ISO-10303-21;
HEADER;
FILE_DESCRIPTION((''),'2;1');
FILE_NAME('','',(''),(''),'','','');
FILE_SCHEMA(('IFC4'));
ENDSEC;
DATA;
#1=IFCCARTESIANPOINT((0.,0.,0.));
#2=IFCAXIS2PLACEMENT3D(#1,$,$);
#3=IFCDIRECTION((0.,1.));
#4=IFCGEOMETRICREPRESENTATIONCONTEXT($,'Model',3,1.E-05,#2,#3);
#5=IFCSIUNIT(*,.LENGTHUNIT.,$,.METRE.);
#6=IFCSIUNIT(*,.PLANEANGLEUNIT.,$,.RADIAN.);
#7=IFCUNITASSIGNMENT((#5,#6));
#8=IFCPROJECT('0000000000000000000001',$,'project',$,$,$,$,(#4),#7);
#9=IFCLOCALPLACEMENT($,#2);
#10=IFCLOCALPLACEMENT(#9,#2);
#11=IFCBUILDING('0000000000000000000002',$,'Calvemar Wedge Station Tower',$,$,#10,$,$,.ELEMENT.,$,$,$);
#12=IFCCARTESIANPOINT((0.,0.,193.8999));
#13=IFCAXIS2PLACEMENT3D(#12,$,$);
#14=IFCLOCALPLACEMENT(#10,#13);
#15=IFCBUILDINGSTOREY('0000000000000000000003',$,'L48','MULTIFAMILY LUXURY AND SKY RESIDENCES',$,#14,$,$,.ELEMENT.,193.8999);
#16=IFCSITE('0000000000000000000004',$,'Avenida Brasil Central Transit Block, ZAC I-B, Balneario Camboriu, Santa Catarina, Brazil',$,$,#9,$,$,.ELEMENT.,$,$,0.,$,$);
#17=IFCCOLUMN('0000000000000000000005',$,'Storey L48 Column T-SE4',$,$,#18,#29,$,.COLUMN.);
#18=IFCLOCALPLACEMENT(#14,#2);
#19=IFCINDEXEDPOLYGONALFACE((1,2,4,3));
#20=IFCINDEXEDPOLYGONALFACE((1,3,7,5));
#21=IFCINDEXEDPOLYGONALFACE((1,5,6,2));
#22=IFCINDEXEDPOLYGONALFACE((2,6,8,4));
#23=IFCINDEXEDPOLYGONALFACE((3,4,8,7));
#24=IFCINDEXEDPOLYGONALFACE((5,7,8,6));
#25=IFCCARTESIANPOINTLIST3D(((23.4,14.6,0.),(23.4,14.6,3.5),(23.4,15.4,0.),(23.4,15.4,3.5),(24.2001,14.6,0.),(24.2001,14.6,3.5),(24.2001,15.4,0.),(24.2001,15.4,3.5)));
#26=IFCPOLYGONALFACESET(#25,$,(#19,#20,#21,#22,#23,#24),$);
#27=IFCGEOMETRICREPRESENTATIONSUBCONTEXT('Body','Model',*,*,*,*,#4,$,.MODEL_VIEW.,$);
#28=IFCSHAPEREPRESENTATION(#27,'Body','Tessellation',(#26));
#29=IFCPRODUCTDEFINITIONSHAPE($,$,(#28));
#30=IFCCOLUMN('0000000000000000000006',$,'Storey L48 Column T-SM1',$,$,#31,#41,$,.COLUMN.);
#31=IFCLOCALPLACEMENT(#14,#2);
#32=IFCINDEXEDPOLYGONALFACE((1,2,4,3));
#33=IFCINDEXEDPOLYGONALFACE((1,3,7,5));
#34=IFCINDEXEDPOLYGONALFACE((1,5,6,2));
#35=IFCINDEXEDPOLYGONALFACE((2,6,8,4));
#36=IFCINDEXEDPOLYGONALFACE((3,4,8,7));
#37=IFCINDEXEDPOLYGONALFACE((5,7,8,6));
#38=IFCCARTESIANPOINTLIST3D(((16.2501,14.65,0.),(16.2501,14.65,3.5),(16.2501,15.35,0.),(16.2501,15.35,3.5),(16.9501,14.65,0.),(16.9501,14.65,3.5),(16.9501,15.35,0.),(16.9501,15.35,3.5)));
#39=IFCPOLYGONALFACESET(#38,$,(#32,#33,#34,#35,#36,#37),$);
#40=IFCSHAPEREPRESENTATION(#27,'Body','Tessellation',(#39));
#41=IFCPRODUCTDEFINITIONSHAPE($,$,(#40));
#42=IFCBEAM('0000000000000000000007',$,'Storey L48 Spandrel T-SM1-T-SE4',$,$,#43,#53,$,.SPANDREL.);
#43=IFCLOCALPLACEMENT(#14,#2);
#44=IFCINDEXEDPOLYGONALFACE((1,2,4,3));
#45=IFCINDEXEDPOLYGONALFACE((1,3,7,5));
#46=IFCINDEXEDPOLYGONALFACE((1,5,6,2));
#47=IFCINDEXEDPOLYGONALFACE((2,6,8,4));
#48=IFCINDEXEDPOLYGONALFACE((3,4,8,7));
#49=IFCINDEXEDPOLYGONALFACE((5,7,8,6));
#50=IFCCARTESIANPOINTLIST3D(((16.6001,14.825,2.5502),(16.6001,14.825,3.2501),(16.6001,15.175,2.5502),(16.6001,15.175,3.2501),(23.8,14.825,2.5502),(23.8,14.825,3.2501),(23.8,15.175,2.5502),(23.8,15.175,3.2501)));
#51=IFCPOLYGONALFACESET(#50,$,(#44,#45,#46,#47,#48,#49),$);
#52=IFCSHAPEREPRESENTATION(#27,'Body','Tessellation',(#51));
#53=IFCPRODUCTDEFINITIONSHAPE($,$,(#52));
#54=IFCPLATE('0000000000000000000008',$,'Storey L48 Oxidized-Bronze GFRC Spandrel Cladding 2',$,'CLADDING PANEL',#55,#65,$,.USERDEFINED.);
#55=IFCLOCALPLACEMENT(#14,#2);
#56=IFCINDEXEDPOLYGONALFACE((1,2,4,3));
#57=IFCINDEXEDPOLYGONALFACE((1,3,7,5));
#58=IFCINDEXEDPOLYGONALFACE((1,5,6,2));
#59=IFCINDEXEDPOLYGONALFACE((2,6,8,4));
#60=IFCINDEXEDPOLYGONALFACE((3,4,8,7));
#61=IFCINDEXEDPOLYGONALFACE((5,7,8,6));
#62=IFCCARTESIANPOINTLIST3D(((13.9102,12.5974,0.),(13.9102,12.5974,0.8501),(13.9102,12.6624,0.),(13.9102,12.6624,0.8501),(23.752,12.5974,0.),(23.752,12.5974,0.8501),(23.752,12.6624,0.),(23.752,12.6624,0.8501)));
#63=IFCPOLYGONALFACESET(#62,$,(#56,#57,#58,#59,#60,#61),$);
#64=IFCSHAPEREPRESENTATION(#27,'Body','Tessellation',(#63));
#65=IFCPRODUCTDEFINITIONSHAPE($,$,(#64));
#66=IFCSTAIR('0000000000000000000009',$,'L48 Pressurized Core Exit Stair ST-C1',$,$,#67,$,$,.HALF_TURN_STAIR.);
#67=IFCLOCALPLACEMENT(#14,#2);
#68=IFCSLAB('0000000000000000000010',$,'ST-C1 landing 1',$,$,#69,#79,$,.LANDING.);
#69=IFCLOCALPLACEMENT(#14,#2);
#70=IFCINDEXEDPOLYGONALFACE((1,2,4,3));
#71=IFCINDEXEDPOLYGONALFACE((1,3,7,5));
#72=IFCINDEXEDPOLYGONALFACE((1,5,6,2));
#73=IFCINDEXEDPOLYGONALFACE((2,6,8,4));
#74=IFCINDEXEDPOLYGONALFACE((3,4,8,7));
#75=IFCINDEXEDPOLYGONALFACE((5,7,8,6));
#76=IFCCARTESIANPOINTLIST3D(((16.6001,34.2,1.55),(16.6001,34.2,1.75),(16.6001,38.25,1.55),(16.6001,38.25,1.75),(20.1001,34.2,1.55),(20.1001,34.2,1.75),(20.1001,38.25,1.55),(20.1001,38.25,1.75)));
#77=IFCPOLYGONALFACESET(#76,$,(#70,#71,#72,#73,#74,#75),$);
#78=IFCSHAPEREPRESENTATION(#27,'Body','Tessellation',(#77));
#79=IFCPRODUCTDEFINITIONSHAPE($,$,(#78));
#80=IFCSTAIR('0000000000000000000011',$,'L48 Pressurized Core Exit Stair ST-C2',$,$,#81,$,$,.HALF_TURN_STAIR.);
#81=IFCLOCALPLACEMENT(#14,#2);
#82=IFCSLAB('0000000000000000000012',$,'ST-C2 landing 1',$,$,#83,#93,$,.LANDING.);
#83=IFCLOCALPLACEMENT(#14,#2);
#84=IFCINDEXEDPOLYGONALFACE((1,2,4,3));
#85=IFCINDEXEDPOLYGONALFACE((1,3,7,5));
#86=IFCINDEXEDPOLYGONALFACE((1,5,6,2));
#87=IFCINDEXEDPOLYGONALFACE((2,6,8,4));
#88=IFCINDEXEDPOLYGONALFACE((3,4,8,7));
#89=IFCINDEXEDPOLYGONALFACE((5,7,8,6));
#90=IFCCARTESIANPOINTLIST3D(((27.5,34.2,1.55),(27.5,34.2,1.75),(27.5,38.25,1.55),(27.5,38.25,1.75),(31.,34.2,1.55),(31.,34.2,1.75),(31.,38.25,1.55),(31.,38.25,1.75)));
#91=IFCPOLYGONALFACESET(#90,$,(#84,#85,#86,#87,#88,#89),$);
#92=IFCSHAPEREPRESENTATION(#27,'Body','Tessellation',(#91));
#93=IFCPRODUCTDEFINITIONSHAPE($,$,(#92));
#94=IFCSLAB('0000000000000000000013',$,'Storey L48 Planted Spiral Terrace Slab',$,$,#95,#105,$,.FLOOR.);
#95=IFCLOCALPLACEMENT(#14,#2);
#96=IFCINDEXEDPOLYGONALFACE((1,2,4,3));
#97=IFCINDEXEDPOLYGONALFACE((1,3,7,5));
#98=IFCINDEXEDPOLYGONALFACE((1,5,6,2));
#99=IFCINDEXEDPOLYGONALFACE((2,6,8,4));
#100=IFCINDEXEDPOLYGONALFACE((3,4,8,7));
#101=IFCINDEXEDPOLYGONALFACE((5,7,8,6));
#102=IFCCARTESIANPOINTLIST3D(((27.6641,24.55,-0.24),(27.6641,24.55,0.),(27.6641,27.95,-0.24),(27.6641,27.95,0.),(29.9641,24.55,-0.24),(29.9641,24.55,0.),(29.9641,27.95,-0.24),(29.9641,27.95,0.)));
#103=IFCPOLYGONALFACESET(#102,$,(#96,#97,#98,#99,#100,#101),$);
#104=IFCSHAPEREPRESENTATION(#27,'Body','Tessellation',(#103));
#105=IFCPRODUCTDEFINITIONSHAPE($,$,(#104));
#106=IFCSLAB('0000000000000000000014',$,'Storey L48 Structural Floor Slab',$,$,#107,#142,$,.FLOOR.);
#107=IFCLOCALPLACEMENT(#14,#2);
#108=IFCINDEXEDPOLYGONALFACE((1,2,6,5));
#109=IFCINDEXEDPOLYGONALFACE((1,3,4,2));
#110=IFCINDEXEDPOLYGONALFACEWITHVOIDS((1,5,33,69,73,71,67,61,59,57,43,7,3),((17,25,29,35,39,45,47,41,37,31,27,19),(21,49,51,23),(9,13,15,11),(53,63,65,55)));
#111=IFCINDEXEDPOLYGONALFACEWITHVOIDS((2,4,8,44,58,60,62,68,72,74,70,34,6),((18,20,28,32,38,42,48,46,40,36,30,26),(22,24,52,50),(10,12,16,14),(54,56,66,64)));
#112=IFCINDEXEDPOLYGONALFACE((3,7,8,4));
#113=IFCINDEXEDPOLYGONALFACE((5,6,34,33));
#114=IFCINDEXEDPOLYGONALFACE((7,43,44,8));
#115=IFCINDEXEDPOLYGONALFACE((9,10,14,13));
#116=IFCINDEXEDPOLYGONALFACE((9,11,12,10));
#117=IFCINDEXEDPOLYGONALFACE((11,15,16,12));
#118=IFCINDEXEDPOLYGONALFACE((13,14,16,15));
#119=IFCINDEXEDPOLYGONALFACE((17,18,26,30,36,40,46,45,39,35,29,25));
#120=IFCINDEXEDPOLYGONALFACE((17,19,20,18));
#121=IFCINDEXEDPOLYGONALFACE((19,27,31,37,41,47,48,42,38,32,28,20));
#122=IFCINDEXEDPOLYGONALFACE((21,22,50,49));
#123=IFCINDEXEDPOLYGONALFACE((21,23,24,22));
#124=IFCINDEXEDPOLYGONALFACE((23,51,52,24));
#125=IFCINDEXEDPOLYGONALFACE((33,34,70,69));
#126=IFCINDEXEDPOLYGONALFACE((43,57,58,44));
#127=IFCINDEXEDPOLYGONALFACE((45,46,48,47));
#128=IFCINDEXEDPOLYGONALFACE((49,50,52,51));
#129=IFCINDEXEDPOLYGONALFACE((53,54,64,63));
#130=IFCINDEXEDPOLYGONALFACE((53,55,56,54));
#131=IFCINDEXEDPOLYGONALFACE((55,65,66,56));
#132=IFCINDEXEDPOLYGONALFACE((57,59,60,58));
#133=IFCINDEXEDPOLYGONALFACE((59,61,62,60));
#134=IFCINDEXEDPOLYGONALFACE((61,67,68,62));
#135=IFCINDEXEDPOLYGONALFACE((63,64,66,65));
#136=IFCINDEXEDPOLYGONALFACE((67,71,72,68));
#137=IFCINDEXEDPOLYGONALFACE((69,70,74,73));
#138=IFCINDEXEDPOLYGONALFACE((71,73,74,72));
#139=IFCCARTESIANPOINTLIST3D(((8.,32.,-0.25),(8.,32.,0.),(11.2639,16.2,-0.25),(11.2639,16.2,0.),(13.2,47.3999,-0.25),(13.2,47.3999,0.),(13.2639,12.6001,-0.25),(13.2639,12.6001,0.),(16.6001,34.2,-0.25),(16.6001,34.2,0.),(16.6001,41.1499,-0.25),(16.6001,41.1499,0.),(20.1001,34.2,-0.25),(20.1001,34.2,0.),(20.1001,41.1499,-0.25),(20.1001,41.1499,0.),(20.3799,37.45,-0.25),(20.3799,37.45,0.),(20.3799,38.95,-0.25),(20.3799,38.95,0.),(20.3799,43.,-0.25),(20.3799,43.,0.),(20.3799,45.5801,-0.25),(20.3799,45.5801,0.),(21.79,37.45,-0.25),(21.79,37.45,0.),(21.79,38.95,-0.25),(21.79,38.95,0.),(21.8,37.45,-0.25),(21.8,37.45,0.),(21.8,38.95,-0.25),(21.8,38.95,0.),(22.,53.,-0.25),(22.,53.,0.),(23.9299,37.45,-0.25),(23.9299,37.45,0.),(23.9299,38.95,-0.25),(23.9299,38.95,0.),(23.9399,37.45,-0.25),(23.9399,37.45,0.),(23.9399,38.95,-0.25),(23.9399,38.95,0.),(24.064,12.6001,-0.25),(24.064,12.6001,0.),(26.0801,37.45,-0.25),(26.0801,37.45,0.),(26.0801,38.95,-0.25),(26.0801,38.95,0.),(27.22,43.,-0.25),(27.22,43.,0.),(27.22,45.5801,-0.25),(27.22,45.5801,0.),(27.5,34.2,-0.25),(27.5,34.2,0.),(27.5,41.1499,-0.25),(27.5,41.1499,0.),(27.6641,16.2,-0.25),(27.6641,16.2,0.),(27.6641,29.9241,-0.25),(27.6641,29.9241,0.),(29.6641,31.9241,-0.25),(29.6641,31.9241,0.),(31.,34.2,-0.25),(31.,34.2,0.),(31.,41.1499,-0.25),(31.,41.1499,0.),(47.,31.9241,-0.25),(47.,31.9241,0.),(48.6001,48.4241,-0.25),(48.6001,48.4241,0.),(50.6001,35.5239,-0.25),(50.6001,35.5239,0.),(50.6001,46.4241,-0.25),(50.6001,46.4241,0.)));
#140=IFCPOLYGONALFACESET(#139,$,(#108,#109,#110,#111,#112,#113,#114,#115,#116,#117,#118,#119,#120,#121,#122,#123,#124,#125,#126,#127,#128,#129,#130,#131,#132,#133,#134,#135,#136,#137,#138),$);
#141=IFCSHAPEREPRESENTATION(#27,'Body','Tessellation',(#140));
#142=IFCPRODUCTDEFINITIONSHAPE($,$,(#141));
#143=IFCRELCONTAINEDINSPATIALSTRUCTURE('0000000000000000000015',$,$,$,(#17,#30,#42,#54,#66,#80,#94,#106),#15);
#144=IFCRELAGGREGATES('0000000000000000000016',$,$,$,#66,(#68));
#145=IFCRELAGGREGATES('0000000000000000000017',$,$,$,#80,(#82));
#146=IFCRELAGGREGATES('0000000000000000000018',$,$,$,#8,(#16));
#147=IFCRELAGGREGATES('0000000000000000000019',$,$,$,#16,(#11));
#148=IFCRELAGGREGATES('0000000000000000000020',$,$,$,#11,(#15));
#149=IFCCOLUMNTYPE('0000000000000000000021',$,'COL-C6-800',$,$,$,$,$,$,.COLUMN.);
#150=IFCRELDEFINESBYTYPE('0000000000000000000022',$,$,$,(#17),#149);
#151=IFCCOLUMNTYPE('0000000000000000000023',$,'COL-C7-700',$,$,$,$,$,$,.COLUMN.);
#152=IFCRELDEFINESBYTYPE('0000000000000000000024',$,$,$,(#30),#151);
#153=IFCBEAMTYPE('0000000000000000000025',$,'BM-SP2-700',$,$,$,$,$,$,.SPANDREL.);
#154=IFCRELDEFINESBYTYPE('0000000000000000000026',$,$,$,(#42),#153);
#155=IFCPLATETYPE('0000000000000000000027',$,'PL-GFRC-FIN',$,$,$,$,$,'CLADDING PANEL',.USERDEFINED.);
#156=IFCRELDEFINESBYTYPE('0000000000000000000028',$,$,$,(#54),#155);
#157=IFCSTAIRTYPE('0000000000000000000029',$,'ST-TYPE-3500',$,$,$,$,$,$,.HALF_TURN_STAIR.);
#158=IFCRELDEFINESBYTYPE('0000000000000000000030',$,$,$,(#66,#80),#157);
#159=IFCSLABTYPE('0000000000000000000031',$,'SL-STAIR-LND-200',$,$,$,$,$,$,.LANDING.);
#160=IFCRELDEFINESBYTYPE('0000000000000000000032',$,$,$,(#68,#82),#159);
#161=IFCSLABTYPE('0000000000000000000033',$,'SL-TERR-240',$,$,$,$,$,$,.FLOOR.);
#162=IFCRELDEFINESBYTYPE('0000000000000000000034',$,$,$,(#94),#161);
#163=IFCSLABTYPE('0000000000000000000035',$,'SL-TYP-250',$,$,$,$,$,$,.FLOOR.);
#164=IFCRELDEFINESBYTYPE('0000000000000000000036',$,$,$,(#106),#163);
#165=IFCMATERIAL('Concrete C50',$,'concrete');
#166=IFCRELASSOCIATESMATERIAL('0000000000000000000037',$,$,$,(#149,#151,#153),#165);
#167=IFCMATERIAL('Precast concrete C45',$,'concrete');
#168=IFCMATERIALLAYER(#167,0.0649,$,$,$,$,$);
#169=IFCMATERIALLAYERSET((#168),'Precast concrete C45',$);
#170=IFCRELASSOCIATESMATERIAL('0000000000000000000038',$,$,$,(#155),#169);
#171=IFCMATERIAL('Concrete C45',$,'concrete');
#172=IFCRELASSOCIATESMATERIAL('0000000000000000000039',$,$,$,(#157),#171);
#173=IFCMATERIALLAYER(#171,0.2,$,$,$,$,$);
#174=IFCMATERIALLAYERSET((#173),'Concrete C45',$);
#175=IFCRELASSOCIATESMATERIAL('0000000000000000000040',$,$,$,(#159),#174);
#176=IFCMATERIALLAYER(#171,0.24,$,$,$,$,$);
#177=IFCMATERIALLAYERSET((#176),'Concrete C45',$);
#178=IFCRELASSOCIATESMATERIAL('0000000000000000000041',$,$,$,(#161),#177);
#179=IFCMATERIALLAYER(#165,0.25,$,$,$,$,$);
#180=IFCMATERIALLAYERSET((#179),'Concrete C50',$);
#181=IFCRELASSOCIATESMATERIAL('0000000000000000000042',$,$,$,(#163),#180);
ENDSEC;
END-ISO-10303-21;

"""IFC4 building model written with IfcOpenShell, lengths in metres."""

from ifc_helpers import new_model, si_unit, direction, frame, frame_2d, origin, origin_2d, place, context, subcontext, project, spatial, polyline, rectangle, outline, extrude, source, transform, mapped, material, layer, layer_set, material_profile, profile_set, type_object, element, aggregate, save


model = new_model("IFC4")

# Units and contexts
model_context = context("Model", 3, precision=1e-05, world=origin(), true_north=direction((0.0, 1.0)))
body_context = subcontext(model_context, "Body", "Model", "MODEL_VIEW")
ifc_project = project(units=[si_unit("LENGTHUNIT", "METRE"), si_unit("PLANEANGLEUNIT", "RADIAN")], contexts=[model_context])

# Site, building, storey
site_placement = place(None, origin())
site = spatial("IfcSite", under=ifc_project, at=site_placement, Name="Avenida Brasil Central Transit Block, ZAC I-B, Balneario Camboriu, Santa Catarina, Brazil", CompositionType="ELEMENT", RefElevation=0.0)
building_placement = place(site_placement, origin())
building = spatial("IfcBuilding", under=site, at=building_placement, Name="Calvemar Wedge Station Tower", CompositionType="ELEMENT")
storey_placement = place(building_placement, frame((0.0, 0.0, 193.8999)))
storey = spatial("IfcBuildingStorey", under=building, at=storey_placement, Name="L48", Description="MULTIFAMILY LUXURY AND SKY RESIDENCES", CompositionType="ELEMENT", Elevation=193.8999)

# Columns
ifc_material_1 = material(Name="Concrete C50", Category="concrete")
ifc_material_profile_1 = material_profile(ifc_material_1, rectangle(XDim=0.8, YDim=0.8, at=origin_2d()), Name="RC800x800")
ifc_profile_set_1 = profile_set([ifc_material_profile_1], Name="Concrete C50")
column_type_1 = type_object("IfcColumnType", Name="COL-C6-800", PredefinedType="COLUMN", material=ifc_profile_set_1)
shared_shape_1 = source(origin(), body_context, "Body", "SweptSolid", [
    extrude(rectangle(XDim=0.8, YDim=0.8, at=origin_2d()), origin(), (0.0, 0.0, 1.0), 3.5),
])
column_1_placement = place(storey_placement, frame((23.8, 15.0, 0.0), z_axis=(0.0, 0.0, 1.0), x_axis=(1.0, 0.0, 0.0)))
element("IfcColumn", 1, at=column_1_placement, inside=storey, type_object=column_type_1, Name="Storey L48 Column T-SE4", PredefinedType="COLUMN", context=body_context, shape_type="MappedRepresentation", body=[
    mapped(shared_shape_1, transform((0.0, 0.0, 0.0), scale=1.0)),
])
ifc_material_profile_2 = material_profile(ifc_material_1, rectangle(XDim=0.7, YDim=0.7, at=origin_2d()), Name="RC700x700")
ifc_profile_set_2 = profile_set([ifc_material_profile_2], Name="Concrete C50")
column_type_2 = type_object("IfcColumnType", Name="COL-C7-700", PredefinedType="COLUMN", material=ifc_profile_set_2)
shared_shape_2 = source(origin(), body_context, "Body", "SweptSolid", [
    extrude(rectangle(XDim=0.7, YDim=0.7, at=origin_2d()), origin(), (0.0, 0.0, 1.0), 3.5),
])
column_2_placement = place(storey_placement, frame((16.6001, 15.0, 0.0), z_axis=(0.0, 0.0, 1.0), x_axis=(1.0, 0.0, 0.0)))
element("IfcColumn", 2, at=column_2_placement, inside=storey, type_object=column_type_2, Name="Storey L48 Column T-SM1", PredefinedType="COLUMN", context=body_context, shape_type="MappedRepresentation", body=[
    mapped(shared_shape_2, transform((0.0, 0.0, 0.0), scale=1.0)),
])

# Beam
ifc_material_profile_3 = material_profile(ifc_material_1, rectangle(XDim=0.3501, YDim=0.7, at=origin_2d()), Name="RC350x700")
ifc_profile_set_3 = profile_set([ifc_material_profile_3], Name="Concrete C50")
beam_type = type_object("IfcBeamType", Name="BM-SP2-700", PredefinedType="SPANDREL", material=ifc_profile_set_3)
shared_shape_3 = source(origin(), body_context, "Body", "SweptSolid", [
    extrude(rectangle(XDim=0.3501, YDim=0.7, at=origin_2d()), origin(), (0.0, 0.0, 1.0), 7.2),
])
beam_placement = place(storey_placement, frame((16.6001, 15.0, 2.9001), z_axis=(1.0, 0.0, 0.0), x_axis=(0.0, 1.0, 0.0)))
element("IfcBeam", 3, at=beam_placement, inside=storey, type_object=beam_type, Name="Storey L48 Spandrel T-SM1-T-SE4", PredefinedType="SPANDREL", context=body_context, shape_type="MappedRepresentation", body=[
    mapped(shared_shape_3, transform((0.0, 0.0, 0.0), scale=1.0)),
])

# Plate
ifc_material_2 = material(Name="Precast concrete C45", Category="concrete")
ifc_layer_1 = layer(ifc_material_2, 0.0649)
ifc_layer_set_1 = layer_set([ifc_layer_1], Name="Precast concrete C45")
plate_type = type_object("IfcPlateType", Name="PL-GFRC-FIN", ElementType="CLADDING PANEL", PredefinedType="USERDEFINED", material=ifc_layer_set_1)
plate_placement = place(storey_placement, frame((13.9102, 12.6299, 0.0), z_axis=(0.0, 0.0, 1.0), x_axis=(1.0, 0.0, 0.0)))
element("IfcPlate", 4, at=plate_placement, inside=storey, type_object=plate_type, Name="Storey L48 Oxidized-Bronze GFRC Spandrel Cladding 2", ObjectType="CLADDING PANEL", PredefinedType="USERDEFINED", context=body_context, shape_type="SweptSolid", body=[
    extrude(rectangle(XDim=9.8418, YDim=0.0649, at=frame_2d((4.9209, 0.0))), origin(), (0.0, 0.0, 1.0), 0.8501),
])

# Stairs, slabs
ifc_material_3 = material(Name="Concrete C45", Category="concrete")
stair_type = type_object("IfcStairType", Name="ST-TYPE-3500", PredefinedType="HALF_TURN_STAIR", material=ifc_material_3)
stair_1_placement = place(storey_placement, origin())
stair_1 = element("IfcStair", 5, at=stair_1_placement, inside=storey, type_object=stair_type, Name="L48 Pressurized Core Exit Stair ST-C1", PredefinedType="HALF_TURN_STAIR")
ifc_layer_2 = layer(ifc_material_3, 0.2)
ifc_layer_set_2 = layer_set([ifc_layer_2], Name="Concrete C45")
slab_type_1 = type_object("IfcSlabType", Name="SL-STAIR-LND-200", PredefinedType="LANDING", material=ifc_layer_set_2)
slab_1_placement = place(storey_placement, frame((0.0, 0.0, 1.55)))
slab_1 = element("IfcSlab", 6, at=slab_1_placement, type_object=slab_type_1, Name="ST-C1 landing 1", PredefinedType="LANDING", context=body_context, shape_type="SweptSolid", body=[
    extrude(outline(polyline([(16.6001, 38.25), (16.6001, 34.2), (20.1001, 34.2), (20.1001, 38.25), (16.6001, 38.25)])), origin(), (0.0, 0.0, 1.0), 0.2),
])
aggregate(stair_1, [slab_1])
stair_2_placement = place(storey_placement, origin())
stair_2 = element("IfcStair", 7, at=stair_2_placement, inside=storey, type_object=stair_type, Name="L48 Pressurized Core Exit Stair ST-C2", PredefinedType="HALF_TURN_STAIR")
slab_2_placement = place(storey_placement, frame((0.0, 0.0, 1.55)))
slab_2 = element("IfcSlab", 8, at=slab_2_placement, type_object=slab_type_1, Name="ST-C2 landing 1", PredefinedType="LANDING", context=body_context, shape_type="SweptSolid", body=[
    extrude(outline(polyline([(27.5, 38.25), (27.5, 34.2), (31.0, 34.2), (31.0, 38.25), (27.5, 38.25)])), origin(), (0.0, 0.0, 1.0), 0.2),
])
aggregate(stair_2, [slab_2])

# Slabs
ifc_layer_3 = layer(ifc_material_3, 0.24)
ifc_layer_set_3 = layer_set([ifc_layer_3], Name="Concrete C45")
slab_type_2 = type_object("IfcSlabType", Name="SL-TERR-240", PredefinedType="FLOOR", material=ifc_layer_set_3)
slab_3_placement = place(storey_placement, frame((0.0, 0.0, -0.24)))
element("IfcSlab", 9, at=slab_3_placement, inside=storey, type_object=slab_type_2, Name="Storey L48 Planted Spiral Terrace Slab", PredefinedType="FLOOR", context=body_context, shape_type="SweptSolid", body=[
    extrude(outline(polyline([(27.6641, 24.55), (29.9641, 24.55), (29.9641, 27.95), (27.6641, 27.95), (27.6641, 24.55)])), origin(), (0.0, 0.0, 1.0), 0.24),
])
ifc_layer_4 = layer(ifc_material_1, 0.25)
ifc_layer_set_4 = layer_set([ifc_layer_4], Name="Concrete C50")
slab_type_3 = type_object("IfcSlabType", Name="SL-TYP-250", PredefinedType="FLOOR", material=ifc_layer_set_4)
slab_4_placement = place(storey_placement, frame((0.0, 0.0, -0.25)))
element("IfcSlab", 10, at=slab_4_placement, inside=storey, type_object=slab_type_3, Name="Storey L48 Structural Floor Slab", PredefinedType="FLOOR", context=body_context, shape_type="SweptSolid", body=[
    extrude(outline(polyline([(8.0, 32.0), (11.2639, 16.2), (13.2639, 12.6001), (24.064, 12.6001), (27.6641, 16.2), (27.6641, 29.9241), (29.6641, 31.9241), (47.0, 31.9241), (50.6001, 35.5239), (50.6001, 46.4241), (48.6001, 48.4241), (22.0, 53.0), (13.2, 47.3999), (8.0, 32.0)]), holes=[polyline([(20.1001, 34.2), (20.1001, 41.1499), (16.6001, 41.1499), (16.6001, 34.2), (20.1001, 34.2)]), polyline([(27.5, 34.2), (31.0, 34.2), (31.0, 41.1499), (27.5, 41.1499), (27.5, 34.2)]), polyline([(21.8, 37.45), (23.9299, 37.45), (23.9399, 37.45), (26.0801, 37.45), (26.0801, 38.95), (23.9399, 38.95), (23.9299, 38.95), (21.8, 38.95), (21.79, 38.95), (20.3799, 38.95), (20.3799, 37.45), (21.79, 37.45), (21.8, 37.45)]), polyline([(27.22, 43.0), (27.22, 45.5801), (20.3799, 45.5801), (20.3799, 43.0), (27.22, 43.0)])]), origin(), (0.0, 0.0, 1.0), 0.25),
])

save(model, "model.ifc")
